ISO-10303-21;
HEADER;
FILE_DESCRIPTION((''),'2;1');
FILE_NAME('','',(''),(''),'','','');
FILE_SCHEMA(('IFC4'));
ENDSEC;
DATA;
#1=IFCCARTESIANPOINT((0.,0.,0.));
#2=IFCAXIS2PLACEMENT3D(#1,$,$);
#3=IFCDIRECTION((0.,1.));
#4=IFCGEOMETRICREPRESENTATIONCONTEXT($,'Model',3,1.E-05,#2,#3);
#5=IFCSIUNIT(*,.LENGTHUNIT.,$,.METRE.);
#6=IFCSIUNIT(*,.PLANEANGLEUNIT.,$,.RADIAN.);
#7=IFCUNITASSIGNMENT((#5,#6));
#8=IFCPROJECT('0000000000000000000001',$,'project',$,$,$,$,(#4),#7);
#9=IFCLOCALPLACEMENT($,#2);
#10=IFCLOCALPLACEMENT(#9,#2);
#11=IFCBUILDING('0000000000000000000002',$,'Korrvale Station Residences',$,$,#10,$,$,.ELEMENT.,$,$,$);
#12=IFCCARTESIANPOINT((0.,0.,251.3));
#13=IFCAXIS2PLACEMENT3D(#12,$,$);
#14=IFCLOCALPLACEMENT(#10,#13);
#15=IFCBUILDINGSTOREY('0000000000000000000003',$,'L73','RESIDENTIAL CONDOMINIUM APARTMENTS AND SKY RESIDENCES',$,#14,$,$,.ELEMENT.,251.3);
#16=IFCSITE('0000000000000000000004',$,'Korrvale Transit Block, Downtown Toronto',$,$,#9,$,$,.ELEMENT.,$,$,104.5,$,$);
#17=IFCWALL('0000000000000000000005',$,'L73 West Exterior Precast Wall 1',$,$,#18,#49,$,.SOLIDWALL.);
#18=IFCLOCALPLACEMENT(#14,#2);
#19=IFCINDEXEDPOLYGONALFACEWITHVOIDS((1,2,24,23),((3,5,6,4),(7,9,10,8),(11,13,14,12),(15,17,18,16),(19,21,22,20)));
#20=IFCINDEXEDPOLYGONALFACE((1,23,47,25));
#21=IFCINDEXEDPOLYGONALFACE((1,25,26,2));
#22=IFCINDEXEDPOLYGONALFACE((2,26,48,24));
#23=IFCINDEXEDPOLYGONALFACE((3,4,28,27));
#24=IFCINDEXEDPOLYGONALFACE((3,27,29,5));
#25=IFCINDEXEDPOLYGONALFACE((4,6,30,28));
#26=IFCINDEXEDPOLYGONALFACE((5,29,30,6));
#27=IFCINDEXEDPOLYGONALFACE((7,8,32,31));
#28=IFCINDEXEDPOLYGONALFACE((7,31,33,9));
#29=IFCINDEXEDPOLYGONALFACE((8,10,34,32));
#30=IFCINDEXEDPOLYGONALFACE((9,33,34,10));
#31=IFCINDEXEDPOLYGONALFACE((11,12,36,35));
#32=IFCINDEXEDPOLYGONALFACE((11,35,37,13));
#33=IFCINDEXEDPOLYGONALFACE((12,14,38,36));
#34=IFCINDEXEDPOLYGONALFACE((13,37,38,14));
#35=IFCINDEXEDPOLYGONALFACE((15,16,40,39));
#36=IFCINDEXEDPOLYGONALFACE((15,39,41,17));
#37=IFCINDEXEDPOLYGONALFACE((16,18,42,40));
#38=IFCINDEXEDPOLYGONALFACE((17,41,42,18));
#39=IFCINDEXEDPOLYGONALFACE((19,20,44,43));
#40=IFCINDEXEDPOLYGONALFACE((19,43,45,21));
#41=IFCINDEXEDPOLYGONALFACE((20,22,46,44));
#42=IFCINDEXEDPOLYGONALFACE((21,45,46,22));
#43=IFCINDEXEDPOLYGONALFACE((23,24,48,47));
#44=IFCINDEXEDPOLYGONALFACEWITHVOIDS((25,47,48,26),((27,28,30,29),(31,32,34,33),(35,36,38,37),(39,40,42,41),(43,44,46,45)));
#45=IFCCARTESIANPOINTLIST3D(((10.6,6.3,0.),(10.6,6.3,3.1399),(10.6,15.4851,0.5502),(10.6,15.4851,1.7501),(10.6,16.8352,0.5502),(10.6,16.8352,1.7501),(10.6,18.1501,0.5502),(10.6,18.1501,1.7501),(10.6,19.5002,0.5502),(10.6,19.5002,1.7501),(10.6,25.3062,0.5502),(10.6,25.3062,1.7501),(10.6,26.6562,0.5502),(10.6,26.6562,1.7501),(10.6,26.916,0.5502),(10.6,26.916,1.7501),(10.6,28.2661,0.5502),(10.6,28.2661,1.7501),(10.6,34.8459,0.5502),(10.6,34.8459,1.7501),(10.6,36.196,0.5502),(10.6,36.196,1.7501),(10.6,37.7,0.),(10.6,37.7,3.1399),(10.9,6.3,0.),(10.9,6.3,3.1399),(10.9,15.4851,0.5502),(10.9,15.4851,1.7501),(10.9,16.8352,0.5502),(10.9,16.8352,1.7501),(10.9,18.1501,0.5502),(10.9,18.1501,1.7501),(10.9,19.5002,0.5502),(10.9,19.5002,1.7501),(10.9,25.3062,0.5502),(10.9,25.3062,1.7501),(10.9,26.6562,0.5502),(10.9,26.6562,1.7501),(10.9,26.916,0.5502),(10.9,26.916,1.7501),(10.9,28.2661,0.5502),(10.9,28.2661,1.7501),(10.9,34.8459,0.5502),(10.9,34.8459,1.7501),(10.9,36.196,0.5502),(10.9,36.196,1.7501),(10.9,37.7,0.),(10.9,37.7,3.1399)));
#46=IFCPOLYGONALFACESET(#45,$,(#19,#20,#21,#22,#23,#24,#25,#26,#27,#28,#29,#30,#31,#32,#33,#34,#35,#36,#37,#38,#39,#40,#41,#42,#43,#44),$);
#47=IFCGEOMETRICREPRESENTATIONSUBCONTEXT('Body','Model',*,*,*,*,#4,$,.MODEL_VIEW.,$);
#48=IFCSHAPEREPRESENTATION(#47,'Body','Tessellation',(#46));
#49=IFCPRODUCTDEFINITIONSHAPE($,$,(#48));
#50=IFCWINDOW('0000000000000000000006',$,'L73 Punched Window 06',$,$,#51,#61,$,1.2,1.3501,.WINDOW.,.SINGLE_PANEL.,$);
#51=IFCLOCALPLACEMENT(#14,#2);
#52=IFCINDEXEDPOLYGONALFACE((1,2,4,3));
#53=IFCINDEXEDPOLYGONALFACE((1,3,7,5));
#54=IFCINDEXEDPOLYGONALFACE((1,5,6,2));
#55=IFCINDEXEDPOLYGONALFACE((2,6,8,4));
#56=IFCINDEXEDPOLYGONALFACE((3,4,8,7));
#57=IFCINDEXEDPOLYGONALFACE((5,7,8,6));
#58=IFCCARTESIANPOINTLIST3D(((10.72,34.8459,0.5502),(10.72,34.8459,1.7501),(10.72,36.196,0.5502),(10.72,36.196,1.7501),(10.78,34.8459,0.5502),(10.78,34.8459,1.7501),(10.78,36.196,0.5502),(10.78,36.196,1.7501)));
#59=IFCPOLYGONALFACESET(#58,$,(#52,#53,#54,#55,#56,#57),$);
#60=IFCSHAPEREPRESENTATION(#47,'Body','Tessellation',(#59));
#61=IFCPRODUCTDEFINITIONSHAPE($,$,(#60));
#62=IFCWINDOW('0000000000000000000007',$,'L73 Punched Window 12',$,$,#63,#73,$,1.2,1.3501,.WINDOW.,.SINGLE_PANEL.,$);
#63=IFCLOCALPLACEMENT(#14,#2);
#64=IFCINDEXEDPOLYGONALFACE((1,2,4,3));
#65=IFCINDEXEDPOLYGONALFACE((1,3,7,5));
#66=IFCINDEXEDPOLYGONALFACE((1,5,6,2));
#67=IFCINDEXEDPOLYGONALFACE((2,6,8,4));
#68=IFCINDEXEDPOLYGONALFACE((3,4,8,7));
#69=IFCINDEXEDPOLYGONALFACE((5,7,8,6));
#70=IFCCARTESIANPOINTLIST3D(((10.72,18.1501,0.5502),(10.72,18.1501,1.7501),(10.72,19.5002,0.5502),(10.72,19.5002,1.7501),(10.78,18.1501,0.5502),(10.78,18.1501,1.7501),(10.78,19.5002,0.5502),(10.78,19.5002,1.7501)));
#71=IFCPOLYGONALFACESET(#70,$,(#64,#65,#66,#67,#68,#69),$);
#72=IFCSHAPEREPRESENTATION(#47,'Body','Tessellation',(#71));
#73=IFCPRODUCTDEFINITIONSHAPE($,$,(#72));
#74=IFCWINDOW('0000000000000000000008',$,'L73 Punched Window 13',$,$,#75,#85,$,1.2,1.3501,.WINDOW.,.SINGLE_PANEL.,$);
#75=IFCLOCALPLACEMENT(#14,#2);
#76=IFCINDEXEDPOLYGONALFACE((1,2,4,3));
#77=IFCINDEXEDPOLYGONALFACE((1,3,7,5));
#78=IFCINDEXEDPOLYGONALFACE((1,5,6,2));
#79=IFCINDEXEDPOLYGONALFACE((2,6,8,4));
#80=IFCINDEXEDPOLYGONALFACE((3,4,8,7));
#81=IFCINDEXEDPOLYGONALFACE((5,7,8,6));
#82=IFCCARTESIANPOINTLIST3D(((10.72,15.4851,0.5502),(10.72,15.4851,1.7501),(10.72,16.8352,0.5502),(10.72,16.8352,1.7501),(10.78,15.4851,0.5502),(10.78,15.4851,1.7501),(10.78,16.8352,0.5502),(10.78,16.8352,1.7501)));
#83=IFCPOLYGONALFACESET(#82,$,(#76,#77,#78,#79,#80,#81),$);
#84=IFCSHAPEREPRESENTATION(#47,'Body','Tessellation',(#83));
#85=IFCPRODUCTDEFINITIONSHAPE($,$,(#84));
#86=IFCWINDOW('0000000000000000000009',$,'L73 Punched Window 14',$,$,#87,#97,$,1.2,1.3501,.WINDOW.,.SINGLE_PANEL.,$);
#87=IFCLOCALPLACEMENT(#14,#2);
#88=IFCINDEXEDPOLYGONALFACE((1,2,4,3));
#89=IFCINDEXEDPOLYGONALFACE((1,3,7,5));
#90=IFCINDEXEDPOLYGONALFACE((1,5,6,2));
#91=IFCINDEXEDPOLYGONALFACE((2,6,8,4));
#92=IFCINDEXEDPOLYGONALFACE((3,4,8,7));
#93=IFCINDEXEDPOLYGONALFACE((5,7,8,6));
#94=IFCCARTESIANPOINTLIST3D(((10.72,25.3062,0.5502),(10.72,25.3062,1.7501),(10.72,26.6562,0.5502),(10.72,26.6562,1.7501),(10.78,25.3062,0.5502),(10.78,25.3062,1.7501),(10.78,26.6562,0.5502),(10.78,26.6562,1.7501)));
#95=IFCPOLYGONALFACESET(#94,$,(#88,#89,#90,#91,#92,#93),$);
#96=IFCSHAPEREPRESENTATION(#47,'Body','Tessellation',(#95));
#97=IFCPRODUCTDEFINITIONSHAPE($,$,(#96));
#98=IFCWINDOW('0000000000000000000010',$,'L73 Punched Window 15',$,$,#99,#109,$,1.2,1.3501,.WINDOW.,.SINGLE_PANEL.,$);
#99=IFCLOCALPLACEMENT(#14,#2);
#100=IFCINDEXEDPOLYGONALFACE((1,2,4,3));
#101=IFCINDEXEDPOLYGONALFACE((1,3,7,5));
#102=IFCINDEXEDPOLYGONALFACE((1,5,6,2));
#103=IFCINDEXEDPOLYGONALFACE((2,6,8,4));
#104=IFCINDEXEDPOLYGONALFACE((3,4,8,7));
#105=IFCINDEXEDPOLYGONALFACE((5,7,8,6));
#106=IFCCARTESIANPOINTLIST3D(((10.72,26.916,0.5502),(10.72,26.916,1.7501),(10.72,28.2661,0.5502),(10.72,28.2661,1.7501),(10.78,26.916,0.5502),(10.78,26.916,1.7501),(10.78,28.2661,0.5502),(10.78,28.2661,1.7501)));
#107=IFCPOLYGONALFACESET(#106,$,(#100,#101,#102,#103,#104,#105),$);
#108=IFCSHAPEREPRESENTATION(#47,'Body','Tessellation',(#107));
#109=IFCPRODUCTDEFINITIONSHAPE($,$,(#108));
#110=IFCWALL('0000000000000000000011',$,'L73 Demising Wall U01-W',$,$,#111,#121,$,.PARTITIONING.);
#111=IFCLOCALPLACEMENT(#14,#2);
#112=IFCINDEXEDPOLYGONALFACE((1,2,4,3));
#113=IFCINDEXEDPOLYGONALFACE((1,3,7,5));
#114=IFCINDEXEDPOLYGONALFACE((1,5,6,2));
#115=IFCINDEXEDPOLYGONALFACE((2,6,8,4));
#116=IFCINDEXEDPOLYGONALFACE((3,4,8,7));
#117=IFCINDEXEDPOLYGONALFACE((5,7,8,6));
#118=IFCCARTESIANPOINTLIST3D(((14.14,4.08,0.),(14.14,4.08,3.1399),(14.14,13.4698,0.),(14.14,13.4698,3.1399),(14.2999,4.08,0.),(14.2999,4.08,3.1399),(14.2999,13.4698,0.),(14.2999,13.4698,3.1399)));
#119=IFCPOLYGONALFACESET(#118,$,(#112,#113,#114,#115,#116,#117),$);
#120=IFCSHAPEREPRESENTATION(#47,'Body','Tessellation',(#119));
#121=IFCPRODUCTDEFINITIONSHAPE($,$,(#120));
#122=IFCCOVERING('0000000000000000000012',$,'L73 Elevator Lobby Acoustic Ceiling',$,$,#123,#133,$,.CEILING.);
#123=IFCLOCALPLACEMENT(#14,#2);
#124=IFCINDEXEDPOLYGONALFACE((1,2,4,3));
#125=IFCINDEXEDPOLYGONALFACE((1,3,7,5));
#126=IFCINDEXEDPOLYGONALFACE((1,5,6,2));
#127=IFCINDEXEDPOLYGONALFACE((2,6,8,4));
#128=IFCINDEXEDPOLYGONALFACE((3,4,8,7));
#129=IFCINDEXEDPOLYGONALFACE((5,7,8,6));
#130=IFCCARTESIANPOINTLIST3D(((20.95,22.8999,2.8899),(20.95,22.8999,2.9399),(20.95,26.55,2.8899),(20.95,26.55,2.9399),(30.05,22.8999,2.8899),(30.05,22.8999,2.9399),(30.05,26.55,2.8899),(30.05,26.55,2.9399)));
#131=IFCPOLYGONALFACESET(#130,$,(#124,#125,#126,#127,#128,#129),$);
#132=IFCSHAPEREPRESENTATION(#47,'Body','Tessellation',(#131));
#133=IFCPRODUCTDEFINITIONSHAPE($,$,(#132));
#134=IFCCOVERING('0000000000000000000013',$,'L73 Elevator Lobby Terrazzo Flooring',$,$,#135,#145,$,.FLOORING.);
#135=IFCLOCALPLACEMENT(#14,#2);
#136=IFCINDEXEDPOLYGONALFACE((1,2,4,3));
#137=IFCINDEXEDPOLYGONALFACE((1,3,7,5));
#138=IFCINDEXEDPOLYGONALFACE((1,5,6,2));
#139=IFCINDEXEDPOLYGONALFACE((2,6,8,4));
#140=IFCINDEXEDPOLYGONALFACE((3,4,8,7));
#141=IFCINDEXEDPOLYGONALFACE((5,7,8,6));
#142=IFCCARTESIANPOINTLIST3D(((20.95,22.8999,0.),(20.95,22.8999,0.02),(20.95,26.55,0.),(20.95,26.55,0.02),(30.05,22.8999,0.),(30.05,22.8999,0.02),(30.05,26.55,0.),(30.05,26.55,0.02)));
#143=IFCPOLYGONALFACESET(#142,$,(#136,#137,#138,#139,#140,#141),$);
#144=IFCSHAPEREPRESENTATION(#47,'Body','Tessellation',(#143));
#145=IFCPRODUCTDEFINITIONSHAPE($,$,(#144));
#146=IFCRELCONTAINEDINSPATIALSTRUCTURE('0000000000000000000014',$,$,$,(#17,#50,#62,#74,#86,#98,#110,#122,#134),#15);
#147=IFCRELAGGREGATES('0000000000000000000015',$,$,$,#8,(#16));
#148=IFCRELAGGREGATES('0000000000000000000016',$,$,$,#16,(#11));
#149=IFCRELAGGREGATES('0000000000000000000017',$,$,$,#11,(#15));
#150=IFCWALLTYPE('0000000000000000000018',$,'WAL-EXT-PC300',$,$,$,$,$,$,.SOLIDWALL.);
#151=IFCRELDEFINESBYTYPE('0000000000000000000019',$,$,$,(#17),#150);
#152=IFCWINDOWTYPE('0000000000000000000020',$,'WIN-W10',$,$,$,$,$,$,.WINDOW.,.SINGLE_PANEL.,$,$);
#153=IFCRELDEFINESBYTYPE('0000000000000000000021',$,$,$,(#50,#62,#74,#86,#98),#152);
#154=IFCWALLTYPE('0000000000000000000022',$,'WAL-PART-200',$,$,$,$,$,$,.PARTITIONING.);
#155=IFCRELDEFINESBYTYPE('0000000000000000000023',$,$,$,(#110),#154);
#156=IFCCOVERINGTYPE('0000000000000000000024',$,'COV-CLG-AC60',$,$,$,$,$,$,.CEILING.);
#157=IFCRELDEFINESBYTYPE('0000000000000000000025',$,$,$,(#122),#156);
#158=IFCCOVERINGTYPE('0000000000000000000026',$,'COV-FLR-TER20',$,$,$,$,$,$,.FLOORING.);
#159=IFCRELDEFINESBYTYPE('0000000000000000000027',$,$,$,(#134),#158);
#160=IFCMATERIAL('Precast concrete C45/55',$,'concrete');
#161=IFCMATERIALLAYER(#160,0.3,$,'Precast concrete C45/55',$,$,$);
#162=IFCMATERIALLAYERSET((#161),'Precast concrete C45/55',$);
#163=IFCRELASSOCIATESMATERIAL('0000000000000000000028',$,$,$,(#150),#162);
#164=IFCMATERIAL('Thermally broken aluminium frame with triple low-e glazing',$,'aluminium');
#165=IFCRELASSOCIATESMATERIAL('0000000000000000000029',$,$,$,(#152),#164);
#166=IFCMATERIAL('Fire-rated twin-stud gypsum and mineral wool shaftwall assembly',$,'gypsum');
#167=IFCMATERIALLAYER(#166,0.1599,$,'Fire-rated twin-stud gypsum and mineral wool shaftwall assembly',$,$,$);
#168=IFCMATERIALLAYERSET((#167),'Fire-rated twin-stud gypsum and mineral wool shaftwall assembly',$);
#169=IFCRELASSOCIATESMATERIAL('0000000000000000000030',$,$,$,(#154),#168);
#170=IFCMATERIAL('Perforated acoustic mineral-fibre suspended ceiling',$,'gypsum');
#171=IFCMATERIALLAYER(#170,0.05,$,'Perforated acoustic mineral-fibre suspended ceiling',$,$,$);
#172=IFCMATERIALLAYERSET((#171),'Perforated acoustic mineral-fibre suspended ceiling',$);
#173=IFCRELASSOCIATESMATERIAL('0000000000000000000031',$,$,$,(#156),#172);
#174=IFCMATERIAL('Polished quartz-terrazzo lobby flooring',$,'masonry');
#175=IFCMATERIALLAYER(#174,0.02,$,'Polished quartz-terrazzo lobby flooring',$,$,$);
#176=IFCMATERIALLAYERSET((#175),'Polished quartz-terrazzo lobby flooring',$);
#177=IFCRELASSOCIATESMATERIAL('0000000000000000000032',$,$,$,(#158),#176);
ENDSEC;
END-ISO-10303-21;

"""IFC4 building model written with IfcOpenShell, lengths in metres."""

from ifc_helpers import new_model, si_unit, direction, frame, frame_2d, origin, place, context, subcontext, project, spatial, polyline, rectangle, outline, extrude, material, layer, layer_set, type_object, element, fill, save


model = new_model("IFC4")

# Units and contexts
model_context = context("Model", 3, precision=1e-05, world=origin(), true_north=direction((0.0, 1.0)))
body_context = subcontext(model_context, "Body", "Model", "MODEL_VIEW")
ifc_project = project(units=[si_unit("LENGTHUNIT", "METRE"), si_unit("PLANEANGLEUNIT", "RADIAN")], contexts=[model_context])

# Site, building, storey
site_placement = place(None, origin())
site = spatial("IfcSite", under=ifc_project, at=site_placement, Name="Korrvale Transit Block, Downtown Toronto", CompositionType="ELEMENT", RefElevation=104.5)
building_placement = place(site_placement, origin())
building = spatial("IfcBuilding", under=site, at=building_placement, Name="Korrvale Station Residences", CompositionType="ELEMENT")
storey_placement = place(building_placement, frame((0.0, 0.0, 251.3)))
storey = spatial("IfcBuildingStorey", under=building, at=storey_placement, Name="L73", Description="RESIDENTIAL CONDOMINIUM APARTMENTS AND SKY RESIDENCES", CompositionType="ELEMENT", Elevation=251.3)

# Shared definitions
ifc_material_1 = material(Name="Precast concrete C45/55", Category="concrete")

# Wall, openings, windows
ifc_layer_1 = layer(ifc_material_1, 0.3, Name="Precast concrete C45/55")
ifc_layer_set_1 = layer_set([ifc_layer_1], Name="Precast concrete C45/55")
wall_type_1 = type_object("IfcWallType", Name="WAL-EXT-PC300", PredefinedType="SOLIDWALL", material=ifc_layer_set_1)
wall_1_placement = place(storey_placement, frame((10.75, 6.3, 0.0), z_axis=(0.0, 0.0, 1.0), x_axis=(0.0, 1.0, 0.0)))
wall_1 = element("IfcWall", 1, at=wall_1_placement, inside=storey, type_object=wall_type_1, Name="L73 West Exterior Precast Wall 1", PredefinedType="SOLIDWALL", context=body_context, shape_type="SweptSolid", body=[
    extrude(rectangle(XDim=31.3999, YDim=0.3, at=frame_2d((15.7, 0.0))), origin(), (0.0, 0.0, 1.0), 3.1399),
])
opening_1_placement = place(wall_1_placement, frame((28.5459, 0.0, 0.55)))
opening_1 = element("IfcOpeningElement", 2, at=opening_1_placement, cuts=wall_1, PredefinedType="OPENING", context=body_context, shape_type="SweptSolid", body=[
    extrude(rectangle(XDim=1.3501, YDim=1.2, at=frame_2d((0.675, 0.6001))), frame((0.0, 0.1602, 0.0), z_axis=(0.0, -1.0, 0.0), x_axis=(1.0, 0.0, 0.0)), (0.0, 0.0, 1.0), 0.3201),
])
opening_2_placement = place(wall_1_placement, frame((11.8501, 0.0, 0.55)))
opening_2 = element("IfcOpeningElement", 3, at=opening_2_placement, cuts=wall_1, PredefinedType="OPENING", context=body_context, shape_type="SweptSolid", body=[
    extrude(rectangle(XDim=1.3501, YDim=1.2, at=frame_2d((0.675, 0.6001))), frame((0.0, 0.1602, 0.0), z_axis=(0.0, -1.0, 0.0), x_axis=(1.0, 0.0, 0.0)), (0.0, 0.0, 1.0), 0.3201),
])
opening_3_placement = place(wall_1_placement, frame((9.1851, 0.0, 0.55)))
opening_3 = element("IfcOpeningElement", 4, at=opening_3_placement, cuts=wall_1, PredefinedType="OPENING", context=body_context, shape_type="SweptSolid", body=[
    extrude(rectangle(XDim=1.3501, YDim=1.2, at=frame_2d((0.675, 0.6001))), frame((0.0, 0.1602, 0.0), z_axis=(0.0, -1.0, 0.0), x_axis=(1.0, 0.0, 0.0)), (0.0, 0.0, 1.0), 0.3201),
])
opening_4_placement = place(wall_1_placement, frame((19.0061, 0.0, 0.55)))
opening_4 = element("IfcOpeningElement", 5, at=opening_4_placement, cuts=wall_1, PredefinedType="OPENING", context=body_context, shape_type="SweptSolid", body=[
    extrude(rectangle(XDim=1.3501, YDim=1.2, at=frame_2d((0.675, 0.6001))), frame((0.0, 0.1602, 0.0), z_axis=(0.0, -1.0, 0.0), x_axis=(1.0, 0.0, 0.0)), (0.0, 0.0, 1.0), 0.3201),
])
opening_5_placement = place(wall_1_placement, frame((20.616, 0.0, 0.55)))
opening_5 = element("IfcOpeningElement", 6, at=opening_5_placement, cuts=wall_1, PredefinedType="OPENING", context=body_context, shape_type="SweptSolid", body=[
    extrude(rectangle(XDim=1.3501, YDim=1.2, at=frame_2d((0.675, 0.6001))), frame((0.0, 0.1602, 0.0), z_axis=(0.0, -1.0, 0.0), x_axis=(1.0, 0.0, 0.0)), (0.0, 0.0, 1.0), 0.3201),
])
ifc_material_2 = material(Name="Thermally broken aluminium frame with triple low-e glazing", Category="aluminium")
window_type = type_object("IfcWindowType", Name="WIN-W10", PartitioningType="SINGLE_PANEL", PredefinedType="WINDOW", material=ifc_material_2)
window_1_placement = place(opening_1_placement, origin())
window_1 = element("IfcWindow", 7, at=window_1_placement, inside=storey, type_object=window_type, Name="L73 Punched Window 06", OverallHeight=1.2, OverallWidth=1.3501, PartitioningType="SINGLE_PANEL", PredefinedType="WINDOW", context=body_context, shape_type="SweptSolid", body=[
    extrude(rectangle(XDim=1.3501, YDim=1.2, at=frame_2d((0.675, 0.6001))), frame((0.0, 0.03, 0.0), z_axis=(0.0, -1.0, 0.0), x_axis=(1.0, 0.0, 0.0)), (0.0, 0.0, 1.0), 0.0601),
])
fill(opening_1, window_1)
window_2_placement = place(opening_2_placement, origin())
window_2 = element("IfcWindow", 8, at=window_2_placement, inside=storey, type_object=window_type, Name="L73 Punched Window 12", OverallHeight=1.2, OverallWidth=1.3501, PartitioningType="SINGLE_PANEL", PredefinedType="WINDOW", context=body_context, shape_type="SweptSolid", body=[
    extrude(rectangle(XDim=1.3501, YDim=1.2, at=frame_2d((0.675, 0.6001))), frame((0.0, 0.03, 0.0), z_axis=(0.0, -1.0, 0.0), x_axis=(1.0, 0.0, 0.0)), (0.0, 0.0, 1.0), 0.0601),
])
fill(opening_2, window_2)
window_3_placement = place(opening_3_placement, origin())
window_3 = element("IfcWindow", 9, at=window_3_placement, inside=storey, type_object=window_type, Name="L73 Punched Window 13", OverallHeight=1.2, OverallWidth=1.3501, PartitioningType="SINGLE_PANEL", PredefinedType="WINDOW", context=body_context, shape_type="SweptSolid", body=[
    extrude(rectangle(XDim=1.3501, YDim=1.2, at=frame_2d((0.675, 0.6001))), frame((0.0, 0.03, 0.0), z_axis=(0.0, -1.0, 0.0), x_axis=(1.0, 0.0, 0.0)), (0.0, 0.0, 1.0), 0.0601),
])
fill(opening_3, window_3)
window_4_placement = place(opening_4_placement, origin())
window_4 = element("IfcWindow", 10, at=window_4_placement, inside=storey, type_object=window_type, Name="L73 Punched Window 14", OverallHeight=1.2, OverallWidth=1.3501, PartitioningType="SINGLE_PANEL", PredefinedType="WINDOW", context=body_context, shape_type="SweptSolid", body=[
    extrude(rectangle(XDim=1.3501, YDim=1.2, at=frame_2d((0.675, 0.6001))), frame((0.0, 0.03, 0.0), z_axis=(0.0, -1.0, 0.0), x_axis=(1.0, 0.0, 0.0)), (0.0, 0.0, 1.0), 0.0601),
])
fill(opening_4, window_4)
window_5_placement = place(opening_5_placement, origin())
window_5 = element("IfcWindow", 11, at=window_5_placement, inside=storey, type_object=window_type, Name="L73 Punched Window 15", OverallHeight=1.2, OverallWidth=1.3501, PartitioningType="SINGLE_PANEL", PredefinedType="WINDOW", context=body_context, shape_type="SweptSolid", body=[
    extrude(rectangle(XDim=1.3501, YDim=1.2, at=frame_2d((0.675, 0.6001))), frame((0.0, 0.03, 0.0), z_axis=(0.0, -1.0, 0.0), x_axis=(1.0, 0.0, 0.0)), (0.0, 0.0, 1.0), 0.0601),
])
fill(opening_5, window_5)

# Wall
ifc_material_3 = material(Name="Fire-rated twin-stud gypsum and mineral wool shaftwall assembly", Category="gypsum")
ifc_layer_2 = layer(ifc_material_3, 0.1599, Name="Fire-rated twin-stud gypsum and mineral wool shaftwall assembly")
ifc_layer_set_2 = layer_set([ifc_layer_2], Name="Fire-rated twin-stud gypsum and mineral wool shaftwall assembly")
wall_type_2 = type_object("IfcWallType", Name="WAL-PART-200", PredefinedType="PARTITIONING", material=ifc_layer_set_2)
wall_2_placement = place(storey_placement, frame((14.22, 4.0801, 0.0), z_axis=(0.0, 0.0, 1.0), x_axis=(0.0, 1.0, 0.0)))
element("IfcWall", 12, at=wall_2_placement, inside=storey, type_object=wall_type_2, Name="L73 Demising Wall U01-W", PredefinedType="PARTITIONING", context=body_context, shape_type="SweptSolid", body=[
    extrude(rectangle(XDim=9.3899, YDim=0.1599, at=frame_2d((4.6948, 0.0))), origin(), (0.0, 0.0, 1.0), 3.1399),
])

# Coverings
ifc_material_4 = material(Name="Perforated acoustic mineral-fibre suspended ceiling", Category="gypsum")
ifc_layer_3 = layer(ifc_material_4, 0.05, Name="Perforated acoustic mineral-fibre suspended ceiling")
ifc_layer_set_3 = layer_set([ifc_layer_3], Name="Perforated acoustic mineral-fibre suspended ceiling")
covering_type_1 = type_object("IfcCoveringType", Name="COV-CLG-AC60", PredefinedType="CEILING", material=ifc_layer_set_3)
covering_1_placement = place(storey_placement, frame((0.0, 0.0, 2.8899)))
element("IfcCovering", 13, at=covering_1_placement, inside=storey, type_object=covering_type_1, Name="L73 Elevator Lobby Acoustic Ceiling", PredefinedType="CEILING", context=body_context, shape_type="SweptSolid", body=[
    extrude(outline(polyline([(20.95, 22.8999), (30.05, 22.8999), (30.05, 26.55), (20.95, 26.55), (20.95, 22.8999)])), origin(), (0.0, 0.0, 1.0), 0.05),
])
ifc_material_5 = material(Name="Polished quartz-terrazzo lobby flooring", Category="masonry")
ifc_layer_4 = layer(ifc_material_5, 0.02, Name="Polished quartz-terrazzo lobby flooring")
ifc_layer_set_4 = layer_set([ifc_layer_4], Name="Polished quartz-terrazzo lobby flooring")
covering_type_2 = type_object("IfcCoveringType", Name="COV-FLR-TER20", PredefinedType="FLOORING", material=ifc_layer_set_4)
covering_2_placement = place(storey_placement, origin())
element("IfcCovering", 14, at=covering_2_placement, inside=storey, type_object=covering_type_2, Name="L73 Elevator Lobby Terrazzo Flooring", PredefinedType="FLOORING", context=body_context, shape_type="SweptSolid", body=[
    extrude(outline(polyline([(20.95, 22.8999), (30.05, 22.8999), (30.05, 26.55), (20.95, 26.55), (20.95, 22.8999)])), origin(), (0.0, 0.0, 1.0), 0.02),
])

save(model, "model.ifc")
